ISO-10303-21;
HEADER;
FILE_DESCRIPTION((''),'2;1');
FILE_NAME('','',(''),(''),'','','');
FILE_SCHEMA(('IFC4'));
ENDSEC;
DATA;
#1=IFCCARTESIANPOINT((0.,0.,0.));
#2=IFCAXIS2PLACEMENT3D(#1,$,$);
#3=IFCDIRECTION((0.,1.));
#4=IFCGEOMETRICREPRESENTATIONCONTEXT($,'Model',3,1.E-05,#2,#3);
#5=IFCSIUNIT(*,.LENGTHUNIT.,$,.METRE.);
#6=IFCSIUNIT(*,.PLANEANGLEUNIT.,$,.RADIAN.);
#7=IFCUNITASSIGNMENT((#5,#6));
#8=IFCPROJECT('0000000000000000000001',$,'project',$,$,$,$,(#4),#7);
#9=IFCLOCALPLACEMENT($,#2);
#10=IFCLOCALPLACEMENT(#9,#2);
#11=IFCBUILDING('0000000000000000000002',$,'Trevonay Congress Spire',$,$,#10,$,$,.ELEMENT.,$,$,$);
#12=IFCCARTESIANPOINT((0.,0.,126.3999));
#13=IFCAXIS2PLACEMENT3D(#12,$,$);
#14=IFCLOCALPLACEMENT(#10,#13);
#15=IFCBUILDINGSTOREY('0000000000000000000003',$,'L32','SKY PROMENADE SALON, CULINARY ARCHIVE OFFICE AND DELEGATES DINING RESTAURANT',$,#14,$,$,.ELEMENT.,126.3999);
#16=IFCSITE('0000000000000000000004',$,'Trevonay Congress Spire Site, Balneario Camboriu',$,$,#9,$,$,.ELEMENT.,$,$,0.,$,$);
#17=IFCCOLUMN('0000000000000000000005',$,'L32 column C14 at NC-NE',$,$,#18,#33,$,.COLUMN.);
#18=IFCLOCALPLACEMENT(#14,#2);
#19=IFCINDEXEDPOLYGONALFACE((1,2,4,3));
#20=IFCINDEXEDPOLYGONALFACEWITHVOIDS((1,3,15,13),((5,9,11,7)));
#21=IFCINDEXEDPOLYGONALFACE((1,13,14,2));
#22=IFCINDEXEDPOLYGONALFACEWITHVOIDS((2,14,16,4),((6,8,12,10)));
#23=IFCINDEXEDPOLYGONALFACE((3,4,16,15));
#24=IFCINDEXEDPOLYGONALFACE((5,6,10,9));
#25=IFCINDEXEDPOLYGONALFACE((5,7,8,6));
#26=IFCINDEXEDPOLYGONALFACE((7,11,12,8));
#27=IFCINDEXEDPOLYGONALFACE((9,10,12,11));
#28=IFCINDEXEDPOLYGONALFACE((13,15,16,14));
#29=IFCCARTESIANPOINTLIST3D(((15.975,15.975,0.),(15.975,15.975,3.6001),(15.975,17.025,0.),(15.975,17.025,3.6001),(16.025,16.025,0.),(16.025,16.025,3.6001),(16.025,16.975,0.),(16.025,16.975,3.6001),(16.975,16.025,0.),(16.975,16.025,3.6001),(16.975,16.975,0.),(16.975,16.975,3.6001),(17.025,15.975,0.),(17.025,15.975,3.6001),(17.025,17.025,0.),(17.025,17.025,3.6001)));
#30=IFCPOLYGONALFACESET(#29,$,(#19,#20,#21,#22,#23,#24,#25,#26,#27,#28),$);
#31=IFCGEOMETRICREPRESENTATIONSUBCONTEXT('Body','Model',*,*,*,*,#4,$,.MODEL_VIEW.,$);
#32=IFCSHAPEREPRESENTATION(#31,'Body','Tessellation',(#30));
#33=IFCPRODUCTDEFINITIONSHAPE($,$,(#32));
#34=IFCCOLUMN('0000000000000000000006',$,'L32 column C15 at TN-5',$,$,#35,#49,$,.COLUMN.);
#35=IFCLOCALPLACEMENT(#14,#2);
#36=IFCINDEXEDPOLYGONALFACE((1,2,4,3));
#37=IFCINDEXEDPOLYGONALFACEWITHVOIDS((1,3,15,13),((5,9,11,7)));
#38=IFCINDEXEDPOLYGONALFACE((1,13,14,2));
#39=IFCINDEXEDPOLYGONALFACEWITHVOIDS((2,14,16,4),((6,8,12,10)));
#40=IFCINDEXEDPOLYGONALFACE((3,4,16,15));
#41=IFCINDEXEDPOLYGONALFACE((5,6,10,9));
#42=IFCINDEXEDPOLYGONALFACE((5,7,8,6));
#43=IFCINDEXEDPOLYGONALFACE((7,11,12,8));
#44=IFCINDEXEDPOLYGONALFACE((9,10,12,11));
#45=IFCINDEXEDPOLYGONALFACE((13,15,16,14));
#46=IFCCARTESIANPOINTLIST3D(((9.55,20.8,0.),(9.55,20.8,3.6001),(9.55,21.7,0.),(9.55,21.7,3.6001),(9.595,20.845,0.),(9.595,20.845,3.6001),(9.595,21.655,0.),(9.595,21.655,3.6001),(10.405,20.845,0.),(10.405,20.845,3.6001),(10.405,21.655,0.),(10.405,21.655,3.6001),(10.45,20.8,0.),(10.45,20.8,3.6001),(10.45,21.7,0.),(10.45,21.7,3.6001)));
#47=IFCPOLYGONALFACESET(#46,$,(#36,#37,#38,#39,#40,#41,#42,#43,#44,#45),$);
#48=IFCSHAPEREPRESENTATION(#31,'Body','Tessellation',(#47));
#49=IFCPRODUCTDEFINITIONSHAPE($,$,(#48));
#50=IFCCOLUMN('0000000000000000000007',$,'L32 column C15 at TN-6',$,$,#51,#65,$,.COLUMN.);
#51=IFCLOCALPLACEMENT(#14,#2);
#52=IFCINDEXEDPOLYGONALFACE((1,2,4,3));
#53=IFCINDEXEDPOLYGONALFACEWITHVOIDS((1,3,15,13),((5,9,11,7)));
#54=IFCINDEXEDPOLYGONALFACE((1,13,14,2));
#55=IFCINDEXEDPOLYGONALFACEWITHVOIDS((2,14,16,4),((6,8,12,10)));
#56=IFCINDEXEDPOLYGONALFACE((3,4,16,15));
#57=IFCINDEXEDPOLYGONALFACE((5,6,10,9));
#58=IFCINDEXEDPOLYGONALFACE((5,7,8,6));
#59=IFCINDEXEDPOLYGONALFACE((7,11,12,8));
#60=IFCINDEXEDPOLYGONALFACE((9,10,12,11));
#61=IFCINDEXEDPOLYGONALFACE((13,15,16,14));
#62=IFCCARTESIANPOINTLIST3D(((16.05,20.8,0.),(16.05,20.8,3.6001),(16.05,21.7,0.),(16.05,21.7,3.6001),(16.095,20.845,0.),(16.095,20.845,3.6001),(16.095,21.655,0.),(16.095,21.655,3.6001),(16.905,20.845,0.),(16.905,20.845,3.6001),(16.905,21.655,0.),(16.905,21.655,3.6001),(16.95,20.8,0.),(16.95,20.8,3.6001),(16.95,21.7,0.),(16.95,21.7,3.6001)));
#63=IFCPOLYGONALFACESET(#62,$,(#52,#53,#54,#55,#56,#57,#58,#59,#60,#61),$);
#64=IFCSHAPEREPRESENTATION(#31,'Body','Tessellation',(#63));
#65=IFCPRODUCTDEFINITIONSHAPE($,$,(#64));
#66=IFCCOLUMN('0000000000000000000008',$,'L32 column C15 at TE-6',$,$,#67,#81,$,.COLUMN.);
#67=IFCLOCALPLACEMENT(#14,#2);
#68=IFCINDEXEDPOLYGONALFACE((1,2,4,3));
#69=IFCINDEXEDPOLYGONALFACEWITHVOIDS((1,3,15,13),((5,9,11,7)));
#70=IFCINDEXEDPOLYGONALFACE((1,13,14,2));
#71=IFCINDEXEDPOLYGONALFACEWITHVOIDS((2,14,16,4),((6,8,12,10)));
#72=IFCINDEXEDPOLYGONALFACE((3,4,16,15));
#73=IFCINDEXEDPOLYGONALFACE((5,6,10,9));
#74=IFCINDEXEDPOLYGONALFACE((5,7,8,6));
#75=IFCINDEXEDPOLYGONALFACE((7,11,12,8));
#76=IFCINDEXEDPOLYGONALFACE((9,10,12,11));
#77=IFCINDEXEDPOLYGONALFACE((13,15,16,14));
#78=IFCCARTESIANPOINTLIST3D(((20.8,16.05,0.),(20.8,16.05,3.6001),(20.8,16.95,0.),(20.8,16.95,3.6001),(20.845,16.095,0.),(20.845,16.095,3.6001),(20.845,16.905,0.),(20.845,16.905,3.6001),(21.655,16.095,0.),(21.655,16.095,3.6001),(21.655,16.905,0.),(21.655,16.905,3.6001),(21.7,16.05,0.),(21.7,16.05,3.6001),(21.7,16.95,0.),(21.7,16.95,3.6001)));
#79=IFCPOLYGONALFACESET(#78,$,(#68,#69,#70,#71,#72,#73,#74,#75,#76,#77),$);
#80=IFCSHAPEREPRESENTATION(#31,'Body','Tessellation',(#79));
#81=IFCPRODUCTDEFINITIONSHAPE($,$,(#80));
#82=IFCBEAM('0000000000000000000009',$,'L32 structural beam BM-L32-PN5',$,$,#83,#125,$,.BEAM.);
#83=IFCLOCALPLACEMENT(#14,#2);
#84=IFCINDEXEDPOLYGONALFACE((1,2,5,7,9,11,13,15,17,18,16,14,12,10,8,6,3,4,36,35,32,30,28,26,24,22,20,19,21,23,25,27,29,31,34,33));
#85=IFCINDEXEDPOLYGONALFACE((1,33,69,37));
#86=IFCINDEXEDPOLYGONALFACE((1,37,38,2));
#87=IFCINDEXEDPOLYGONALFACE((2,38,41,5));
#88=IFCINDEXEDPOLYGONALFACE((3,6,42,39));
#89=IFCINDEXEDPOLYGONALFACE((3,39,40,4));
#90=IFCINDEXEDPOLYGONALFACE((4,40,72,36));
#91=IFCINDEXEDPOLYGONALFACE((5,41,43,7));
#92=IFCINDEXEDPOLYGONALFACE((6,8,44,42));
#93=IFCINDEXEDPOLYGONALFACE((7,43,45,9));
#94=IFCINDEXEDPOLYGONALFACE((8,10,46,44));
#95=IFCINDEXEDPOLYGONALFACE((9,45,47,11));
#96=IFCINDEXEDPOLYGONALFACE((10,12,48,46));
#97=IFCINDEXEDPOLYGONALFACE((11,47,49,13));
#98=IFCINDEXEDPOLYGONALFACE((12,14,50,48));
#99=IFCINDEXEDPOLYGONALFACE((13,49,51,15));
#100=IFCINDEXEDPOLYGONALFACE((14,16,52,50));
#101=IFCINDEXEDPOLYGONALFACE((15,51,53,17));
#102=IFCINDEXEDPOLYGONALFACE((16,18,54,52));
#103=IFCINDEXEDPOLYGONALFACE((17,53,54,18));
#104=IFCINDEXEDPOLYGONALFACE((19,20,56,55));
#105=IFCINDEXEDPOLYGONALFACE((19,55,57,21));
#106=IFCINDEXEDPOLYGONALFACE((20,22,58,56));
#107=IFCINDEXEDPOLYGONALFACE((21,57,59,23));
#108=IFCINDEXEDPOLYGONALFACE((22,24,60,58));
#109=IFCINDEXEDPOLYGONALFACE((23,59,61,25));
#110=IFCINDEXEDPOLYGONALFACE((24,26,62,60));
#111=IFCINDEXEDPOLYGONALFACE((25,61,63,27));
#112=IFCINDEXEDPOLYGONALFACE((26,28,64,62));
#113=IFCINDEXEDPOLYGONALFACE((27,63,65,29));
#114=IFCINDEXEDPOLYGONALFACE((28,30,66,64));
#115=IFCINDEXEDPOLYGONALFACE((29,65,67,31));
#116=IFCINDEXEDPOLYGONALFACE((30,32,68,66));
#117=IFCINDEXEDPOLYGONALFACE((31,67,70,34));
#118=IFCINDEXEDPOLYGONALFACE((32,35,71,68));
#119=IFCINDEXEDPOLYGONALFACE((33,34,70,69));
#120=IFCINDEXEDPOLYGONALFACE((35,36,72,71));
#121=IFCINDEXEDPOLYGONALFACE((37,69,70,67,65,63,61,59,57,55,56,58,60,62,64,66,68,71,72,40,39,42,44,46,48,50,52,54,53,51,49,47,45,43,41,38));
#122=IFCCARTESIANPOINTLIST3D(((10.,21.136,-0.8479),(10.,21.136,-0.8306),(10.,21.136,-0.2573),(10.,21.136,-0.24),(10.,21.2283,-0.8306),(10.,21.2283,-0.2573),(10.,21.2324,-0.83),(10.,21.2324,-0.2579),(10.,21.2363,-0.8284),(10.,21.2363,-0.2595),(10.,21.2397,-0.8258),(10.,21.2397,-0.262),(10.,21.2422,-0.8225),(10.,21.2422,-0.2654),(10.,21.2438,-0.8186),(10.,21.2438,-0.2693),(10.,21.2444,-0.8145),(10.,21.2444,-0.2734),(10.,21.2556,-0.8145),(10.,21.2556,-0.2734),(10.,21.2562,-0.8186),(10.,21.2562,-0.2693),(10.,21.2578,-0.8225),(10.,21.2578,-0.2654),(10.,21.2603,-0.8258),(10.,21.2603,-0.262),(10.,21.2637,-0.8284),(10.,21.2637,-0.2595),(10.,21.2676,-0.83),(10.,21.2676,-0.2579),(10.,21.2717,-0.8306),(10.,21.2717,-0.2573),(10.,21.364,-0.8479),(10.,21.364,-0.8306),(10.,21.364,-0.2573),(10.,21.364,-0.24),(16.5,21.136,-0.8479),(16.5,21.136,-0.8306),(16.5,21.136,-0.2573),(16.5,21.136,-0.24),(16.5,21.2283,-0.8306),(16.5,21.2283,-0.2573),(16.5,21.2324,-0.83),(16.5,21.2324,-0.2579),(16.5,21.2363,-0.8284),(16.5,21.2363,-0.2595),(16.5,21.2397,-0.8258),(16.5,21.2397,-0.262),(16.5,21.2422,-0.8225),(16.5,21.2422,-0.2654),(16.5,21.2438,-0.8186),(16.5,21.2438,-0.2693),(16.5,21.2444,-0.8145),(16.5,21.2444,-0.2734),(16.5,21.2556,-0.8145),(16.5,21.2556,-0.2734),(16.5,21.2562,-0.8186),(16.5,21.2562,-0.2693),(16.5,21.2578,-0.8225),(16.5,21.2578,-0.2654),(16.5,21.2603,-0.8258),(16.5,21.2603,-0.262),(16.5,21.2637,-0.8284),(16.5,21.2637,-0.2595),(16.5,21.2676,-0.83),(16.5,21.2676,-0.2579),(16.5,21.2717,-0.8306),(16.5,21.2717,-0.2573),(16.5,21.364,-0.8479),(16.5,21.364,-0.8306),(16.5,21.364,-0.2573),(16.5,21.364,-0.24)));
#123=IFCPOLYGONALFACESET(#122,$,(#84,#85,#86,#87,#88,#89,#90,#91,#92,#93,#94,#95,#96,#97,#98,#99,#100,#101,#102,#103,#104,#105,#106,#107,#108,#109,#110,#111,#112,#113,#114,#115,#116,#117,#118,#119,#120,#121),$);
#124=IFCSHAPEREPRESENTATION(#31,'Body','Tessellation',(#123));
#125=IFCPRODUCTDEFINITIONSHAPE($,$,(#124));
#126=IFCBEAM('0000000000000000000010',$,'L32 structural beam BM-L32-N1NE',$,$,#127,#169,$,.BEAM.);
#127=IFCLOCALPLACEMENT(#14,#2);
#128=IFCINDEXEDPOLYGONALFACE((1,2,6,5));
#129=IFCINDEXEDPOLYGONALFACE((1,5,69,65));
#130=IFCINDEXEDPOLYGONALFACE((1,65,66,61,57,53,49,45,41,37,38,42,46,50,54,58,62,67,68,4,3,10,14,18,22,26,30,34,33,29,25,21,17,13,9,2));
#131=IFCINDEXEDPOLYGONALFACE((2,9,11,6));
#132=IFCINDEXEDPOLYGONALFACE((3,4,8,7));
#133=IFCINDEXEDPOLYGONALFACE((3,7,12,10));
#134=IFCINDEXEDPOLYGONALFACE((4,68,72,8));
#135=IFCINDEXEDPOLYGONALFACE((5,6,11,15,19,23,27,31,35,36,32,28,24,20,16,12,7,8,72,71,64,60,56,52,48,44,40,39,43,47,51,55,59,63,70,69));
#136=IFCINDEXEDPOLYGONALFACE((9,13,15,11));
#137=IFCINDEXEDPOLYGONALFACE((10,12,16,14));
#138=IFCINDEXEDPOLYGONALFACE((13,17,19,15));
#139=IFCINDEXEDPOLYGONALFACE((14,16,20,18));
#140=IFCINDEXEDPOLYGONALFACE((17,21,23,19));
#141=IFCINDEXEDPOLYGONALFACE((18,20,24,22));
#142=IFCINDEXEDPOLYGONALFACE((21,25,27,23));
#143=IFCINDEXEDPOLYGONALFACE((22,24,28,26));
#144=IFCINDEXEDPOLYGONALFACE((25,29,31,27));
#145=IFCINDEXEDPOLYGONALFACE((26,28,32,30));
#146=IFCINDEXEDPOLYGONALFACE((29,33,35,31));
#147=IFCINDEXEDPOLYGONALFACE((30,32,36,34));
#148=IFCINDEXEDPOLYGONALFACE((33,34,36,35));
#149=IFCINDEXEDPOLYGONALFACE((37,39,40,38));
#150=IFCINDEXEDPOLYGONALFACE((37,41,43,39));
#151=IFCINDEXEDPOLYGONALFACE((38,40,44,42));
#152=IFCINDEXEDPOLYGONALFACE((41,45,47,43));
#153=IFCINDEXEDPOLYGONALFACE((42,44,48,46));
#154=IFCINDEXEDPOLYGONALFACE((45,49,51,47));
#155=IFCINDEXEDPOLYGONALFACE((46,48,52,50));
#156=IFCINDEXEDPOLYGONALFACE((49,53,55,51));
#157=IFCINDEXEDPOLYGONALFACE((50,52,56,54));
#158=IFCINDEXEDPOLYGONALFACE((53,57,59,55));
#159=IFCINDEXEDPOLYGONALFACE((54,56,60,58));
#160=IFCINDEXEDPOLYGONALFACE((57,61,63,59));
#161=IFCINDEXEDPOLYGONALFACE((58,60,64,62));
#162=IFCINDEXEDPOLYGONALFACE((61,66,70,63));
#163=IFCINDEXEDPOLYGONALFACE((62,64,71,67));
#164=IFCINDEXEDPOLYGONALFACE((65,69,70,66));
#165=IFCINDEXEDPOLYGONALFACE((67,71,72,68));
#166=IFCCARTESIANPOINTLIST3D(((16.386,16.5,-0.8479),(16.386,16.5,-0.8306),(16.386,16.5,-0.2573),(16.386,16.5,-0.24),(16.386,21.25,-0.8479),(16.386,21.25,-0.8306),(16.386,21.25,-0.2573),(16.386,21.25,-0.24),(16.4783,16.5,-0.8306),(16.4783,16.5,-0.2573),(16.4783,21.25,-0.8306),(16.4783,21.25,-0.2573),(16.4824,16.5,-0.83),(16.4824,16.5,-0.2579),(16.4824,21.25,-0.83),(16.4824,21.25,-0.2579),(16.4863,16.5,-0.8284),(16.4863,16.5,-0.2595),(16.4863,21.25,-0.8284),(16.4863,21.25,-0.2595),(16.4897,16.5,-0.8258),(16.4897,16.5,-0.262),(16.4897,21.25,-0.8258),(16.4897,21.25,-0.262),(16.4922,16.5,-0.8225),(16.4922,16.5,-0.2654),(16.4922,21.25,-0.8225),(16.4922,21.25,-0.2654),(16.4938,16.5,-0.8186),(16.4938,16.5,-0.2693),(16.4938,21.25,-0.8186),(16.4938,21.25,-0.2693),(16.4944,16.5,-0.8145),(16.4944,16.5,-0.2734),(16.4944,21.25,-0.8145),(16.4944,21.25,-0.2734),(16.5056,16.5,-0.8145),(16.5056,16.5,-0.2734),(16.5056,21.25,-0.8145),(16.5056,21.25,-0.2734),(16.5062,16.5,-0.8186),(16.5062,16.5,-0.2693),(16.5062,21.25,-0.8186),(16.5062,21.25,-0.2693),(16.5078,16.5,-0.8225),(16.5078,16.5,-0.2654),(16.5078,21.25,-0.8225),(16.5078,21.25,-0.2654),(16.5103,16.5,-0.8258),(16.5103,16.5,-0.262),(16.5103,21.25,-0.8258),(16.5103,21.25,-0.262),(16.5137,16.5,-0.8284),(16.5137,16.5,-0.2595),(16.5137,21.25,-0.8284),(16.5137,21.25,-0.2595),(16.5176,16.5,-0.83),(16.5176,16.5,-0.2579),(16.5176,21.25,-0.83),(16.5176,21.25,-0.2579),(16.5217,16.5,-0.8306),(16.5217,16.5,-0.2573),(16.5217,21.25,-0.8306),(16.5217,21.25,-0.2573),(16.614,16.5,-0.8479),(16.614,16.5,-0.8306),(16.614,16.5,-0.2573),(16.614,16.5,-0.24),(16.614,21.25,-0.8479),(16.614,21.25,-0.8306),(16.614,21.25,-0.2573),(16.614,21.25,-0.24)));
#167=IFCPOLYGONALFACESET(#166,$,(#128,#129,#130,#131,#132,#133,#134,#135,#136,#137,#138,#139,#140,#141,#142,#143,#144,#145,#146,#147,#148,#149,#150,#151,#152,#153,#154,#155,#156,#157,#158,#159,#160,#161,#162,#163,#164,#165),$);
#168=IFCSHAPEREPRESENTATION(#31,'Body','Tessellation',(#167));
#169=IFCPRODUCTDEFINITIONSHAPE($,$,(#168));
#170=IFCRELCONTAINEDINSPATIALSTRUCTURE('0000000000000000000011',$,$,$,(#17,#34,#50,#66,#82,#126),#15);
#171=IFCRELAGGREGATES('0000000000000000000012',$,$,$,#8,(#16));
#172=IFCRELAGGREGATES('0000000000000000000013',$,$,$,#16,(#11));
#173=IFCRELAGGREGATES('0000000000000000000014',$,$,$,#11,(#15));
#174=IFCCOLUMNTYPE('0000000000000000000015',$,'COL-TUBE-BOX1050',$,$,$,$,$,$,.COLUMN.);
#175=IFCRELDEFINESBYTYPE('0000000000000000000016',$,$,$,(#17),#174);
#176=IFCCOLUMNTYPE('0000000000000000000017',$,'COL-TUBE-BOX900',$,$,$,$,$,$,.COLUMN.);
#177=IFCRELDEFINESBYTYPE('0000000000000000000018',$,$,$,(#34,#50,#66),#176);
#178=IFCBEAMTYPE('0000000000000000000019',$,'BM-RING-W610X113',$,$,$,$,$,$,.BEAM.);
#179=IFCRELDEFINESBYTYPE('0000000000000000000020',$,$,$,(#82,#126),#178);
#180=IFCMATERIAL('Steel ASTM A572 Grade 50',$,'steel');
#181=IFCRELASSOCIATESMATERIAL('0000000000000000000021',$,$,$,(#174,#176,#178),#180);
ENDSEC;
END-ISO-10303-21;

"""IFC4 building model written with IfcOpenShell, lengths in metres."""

from ifc_helpers import new_model, si_unit, direction, frame, origin, origin_2d, place, context, subcontext, project, spatial, hollow_rectangle, i_section, extrude, material, material_profile, profile_set, type_object, element, save


model = new_model("IFC4")

# Units and contexts
model_context = context("Model", 3, precision=1e-05, world=origin(), true_north=direction((0.0, 1.0)))
body_context = subcontext(model_context, "Body", "Model", "MODEL_VIEW")
ifc_project = project(units=[si_unit("LENGTHUNIT", "METRE"), si_unit("PLANEANGLEUNIT", "RADIAN")], contexts=[model_context])

# Site, building, storey
site_placement = place(None, origin())
site = spatial("IfcSite", under=ifc_project, at=site_placement, Name="Trevonay Congress Spire Site, Balneario Camboriu", CompositionType="ELEMENT", RefElevation=0.0)
building_placement = place(site_placement, origin())
building = spatial("IfcBuilding", under=site, at=building_placement, Name="Trevonay Congress Spire", CompositionType="ELEMENT")
storey_placement = place(building_placement, frame((0.0, 0.0, 126.3999)))
storey = spatial("IfcBuildingStorey", under=building, at=storey_placement, Name="L32", Description="SKY PROMENADE SALON, CULINARY ARCHIVE OFFICE AND DELEGATES DINING RESTAURANT", CompositionType="ELEMENT", Elevation=126.3999)

# Columns
ifc_material_1 = material(Name="Steel ASTM A572 Grade 50", Category="steel")
ifc_material_profile_1 = material_profile(ifc_material_1, hollow_rectangle(XDim=1.05, YDim=1.05, WallThickness=0.05, at=origin_2d()), Name="BOX 1050x1050x50")
ifc_profile_set_1 = profile_set([ifc_material_profile_1], Name="Steel ASTM A572 Grade 50")
column_type_1 = type_object("IfcColumnType", Name="COL-TUBE-BOX1050", PredefinedType="COLUMN", material=ifc_profile_set_1)
column_placement = place(storey_placement, frame((16.5, 16.5, 0.0), z_axis=(0.0, 0.0, 1.0), x_axis=(1.0, 0.0, 0.0)))
element("IfcColumn", 1, at=column_placement, inside=storey, type_object=column_type_1, Name="L32 column C14 at NC-NE", PredefinedType="COLUMN", context=body_context, shape_type="SweptSolid", body=[
    extrude(hollow_rectangle(XDim=1.05, YDim=1.05, WallThickness=0.05, at=origin_2d()), origin(), (0.0, 0.0, 1.0), 3.6001),
])
ifc_material_profile_2 = material_profile(ifc_material_1, hollow_rectangle(XDim=0.8999, YDim=0.8999, WallThickness=0.0449, at=origin_2d()), Name="BOX 900x900x45")
ifc_profile_set_2 = profile_set([ifc_material_profile_2], Name="Steel ASTM A572 Grade 50")
column_type_2 = type_object("IfcColumnType", Name="COL-TUBE-BOX900", PredefinedType="COLUMN", material=ifc_profile_set_2)
for number, where, z_axis, x_axis, name in (
    (2, (10.0, 21.25, 0.0), (0.0, 0.0, 1.0), (1.0, 0.0, 0.0), "L32 column C15 at TN-5"),
    (3, (16.5, 21.25, 0.0), (0.0, 0.0, 1.0), (1.0, 0.0, 0.0), "L32 column C15 at TN-6"),
    (4, (21.25, 16.5, 0.0), (0.0, 0.0, 1.0), (1.0, 0.0, 0.0), "L32 column C15 at TE-6"),
):
    element("IfcColumn", number, at=place(storey_placement, frame(where, z_axis=z_axis, x_axis=x_axis)), inside=storey, type_object=column_type_2, Name=name, PredefinedType="COLUMN", context=body_context, shape_type="SweptSolid", body=[
        extrude(hollow_rectangle(XDim=0.8999, YDim=0.8999, WallThickness=0.0449, at=origin_2d()), origin(), (0.0, 0.0, 1.0), 3.6001),
    ])

# Beams
ifc_material_profile_3 = material_profile(ifc_material_1, i_section(OverallWidth=0.228, OverallDepth=0.6079, WebThickness=0.0112, FlangeThickness=0.0173, FilletRadius=0.0161, at=origin_2d()), Name="W610x113")
ifc_profile_set_3 = profile_set([ifc_material_profile_3], Name="Steel ASTM A572 Grade 50")
beam_type = type_object("IfcBeamType", Name="BM-RING-W610X113", PredefinedType="BEAM", material=ifc_profile_set_3)
beam_placement = place(storey_placement, frame((10.0, 21.25, -0.5439), z_axis=(1.0, 0.0, 0.0), x_axis=(0.0, 1.0, 0.0)))
element("IfcBeam", 5, at=beam_placement, inside=storey, type_object=beam_type, Name="L32 structural beam BM-L32-PN5", PredefinedType="BEAM", context=body_context, shape_type="SweptSolid", body=[
    extrude(i_section(OverallWidth=0.228, OverallDepth=0.6079, WebThickness=0.0112, FlangeThickness=0.0173, FilletRadius=0.0161, at=origin_2d()), origin(), (0.0, 0.0, 1.0), 6.5),
])
for number, where, z_axis, x_axis, name in (
    (6, (16.5, 21.25, -0.5439), (0.0, -1.0, 0.0), (1.0, 0.0, 0.0), "L32 structural beam BM-L32-N1NE"),
):
    element("IfcBeam", number, at=place(storey_placement, frame(where, z_axis=z_axis, x_axis=x_axis)), inside=storey, type_object=beam_type, Name=name, PredefinedType="BEAM", context=body_context, shape_type="SweptSolid", body=[
        extrude(i_section(OverallWidth=0.228, OverallDepth=0.6079, WebThickness=0.0112, FlangeThickness=0.0173, FilletRadius=0.0161, at=origin_2d()), origin(), (0.0, 0.0, 1.0), 4.75),
    ])

save(model, "model.ifc")
